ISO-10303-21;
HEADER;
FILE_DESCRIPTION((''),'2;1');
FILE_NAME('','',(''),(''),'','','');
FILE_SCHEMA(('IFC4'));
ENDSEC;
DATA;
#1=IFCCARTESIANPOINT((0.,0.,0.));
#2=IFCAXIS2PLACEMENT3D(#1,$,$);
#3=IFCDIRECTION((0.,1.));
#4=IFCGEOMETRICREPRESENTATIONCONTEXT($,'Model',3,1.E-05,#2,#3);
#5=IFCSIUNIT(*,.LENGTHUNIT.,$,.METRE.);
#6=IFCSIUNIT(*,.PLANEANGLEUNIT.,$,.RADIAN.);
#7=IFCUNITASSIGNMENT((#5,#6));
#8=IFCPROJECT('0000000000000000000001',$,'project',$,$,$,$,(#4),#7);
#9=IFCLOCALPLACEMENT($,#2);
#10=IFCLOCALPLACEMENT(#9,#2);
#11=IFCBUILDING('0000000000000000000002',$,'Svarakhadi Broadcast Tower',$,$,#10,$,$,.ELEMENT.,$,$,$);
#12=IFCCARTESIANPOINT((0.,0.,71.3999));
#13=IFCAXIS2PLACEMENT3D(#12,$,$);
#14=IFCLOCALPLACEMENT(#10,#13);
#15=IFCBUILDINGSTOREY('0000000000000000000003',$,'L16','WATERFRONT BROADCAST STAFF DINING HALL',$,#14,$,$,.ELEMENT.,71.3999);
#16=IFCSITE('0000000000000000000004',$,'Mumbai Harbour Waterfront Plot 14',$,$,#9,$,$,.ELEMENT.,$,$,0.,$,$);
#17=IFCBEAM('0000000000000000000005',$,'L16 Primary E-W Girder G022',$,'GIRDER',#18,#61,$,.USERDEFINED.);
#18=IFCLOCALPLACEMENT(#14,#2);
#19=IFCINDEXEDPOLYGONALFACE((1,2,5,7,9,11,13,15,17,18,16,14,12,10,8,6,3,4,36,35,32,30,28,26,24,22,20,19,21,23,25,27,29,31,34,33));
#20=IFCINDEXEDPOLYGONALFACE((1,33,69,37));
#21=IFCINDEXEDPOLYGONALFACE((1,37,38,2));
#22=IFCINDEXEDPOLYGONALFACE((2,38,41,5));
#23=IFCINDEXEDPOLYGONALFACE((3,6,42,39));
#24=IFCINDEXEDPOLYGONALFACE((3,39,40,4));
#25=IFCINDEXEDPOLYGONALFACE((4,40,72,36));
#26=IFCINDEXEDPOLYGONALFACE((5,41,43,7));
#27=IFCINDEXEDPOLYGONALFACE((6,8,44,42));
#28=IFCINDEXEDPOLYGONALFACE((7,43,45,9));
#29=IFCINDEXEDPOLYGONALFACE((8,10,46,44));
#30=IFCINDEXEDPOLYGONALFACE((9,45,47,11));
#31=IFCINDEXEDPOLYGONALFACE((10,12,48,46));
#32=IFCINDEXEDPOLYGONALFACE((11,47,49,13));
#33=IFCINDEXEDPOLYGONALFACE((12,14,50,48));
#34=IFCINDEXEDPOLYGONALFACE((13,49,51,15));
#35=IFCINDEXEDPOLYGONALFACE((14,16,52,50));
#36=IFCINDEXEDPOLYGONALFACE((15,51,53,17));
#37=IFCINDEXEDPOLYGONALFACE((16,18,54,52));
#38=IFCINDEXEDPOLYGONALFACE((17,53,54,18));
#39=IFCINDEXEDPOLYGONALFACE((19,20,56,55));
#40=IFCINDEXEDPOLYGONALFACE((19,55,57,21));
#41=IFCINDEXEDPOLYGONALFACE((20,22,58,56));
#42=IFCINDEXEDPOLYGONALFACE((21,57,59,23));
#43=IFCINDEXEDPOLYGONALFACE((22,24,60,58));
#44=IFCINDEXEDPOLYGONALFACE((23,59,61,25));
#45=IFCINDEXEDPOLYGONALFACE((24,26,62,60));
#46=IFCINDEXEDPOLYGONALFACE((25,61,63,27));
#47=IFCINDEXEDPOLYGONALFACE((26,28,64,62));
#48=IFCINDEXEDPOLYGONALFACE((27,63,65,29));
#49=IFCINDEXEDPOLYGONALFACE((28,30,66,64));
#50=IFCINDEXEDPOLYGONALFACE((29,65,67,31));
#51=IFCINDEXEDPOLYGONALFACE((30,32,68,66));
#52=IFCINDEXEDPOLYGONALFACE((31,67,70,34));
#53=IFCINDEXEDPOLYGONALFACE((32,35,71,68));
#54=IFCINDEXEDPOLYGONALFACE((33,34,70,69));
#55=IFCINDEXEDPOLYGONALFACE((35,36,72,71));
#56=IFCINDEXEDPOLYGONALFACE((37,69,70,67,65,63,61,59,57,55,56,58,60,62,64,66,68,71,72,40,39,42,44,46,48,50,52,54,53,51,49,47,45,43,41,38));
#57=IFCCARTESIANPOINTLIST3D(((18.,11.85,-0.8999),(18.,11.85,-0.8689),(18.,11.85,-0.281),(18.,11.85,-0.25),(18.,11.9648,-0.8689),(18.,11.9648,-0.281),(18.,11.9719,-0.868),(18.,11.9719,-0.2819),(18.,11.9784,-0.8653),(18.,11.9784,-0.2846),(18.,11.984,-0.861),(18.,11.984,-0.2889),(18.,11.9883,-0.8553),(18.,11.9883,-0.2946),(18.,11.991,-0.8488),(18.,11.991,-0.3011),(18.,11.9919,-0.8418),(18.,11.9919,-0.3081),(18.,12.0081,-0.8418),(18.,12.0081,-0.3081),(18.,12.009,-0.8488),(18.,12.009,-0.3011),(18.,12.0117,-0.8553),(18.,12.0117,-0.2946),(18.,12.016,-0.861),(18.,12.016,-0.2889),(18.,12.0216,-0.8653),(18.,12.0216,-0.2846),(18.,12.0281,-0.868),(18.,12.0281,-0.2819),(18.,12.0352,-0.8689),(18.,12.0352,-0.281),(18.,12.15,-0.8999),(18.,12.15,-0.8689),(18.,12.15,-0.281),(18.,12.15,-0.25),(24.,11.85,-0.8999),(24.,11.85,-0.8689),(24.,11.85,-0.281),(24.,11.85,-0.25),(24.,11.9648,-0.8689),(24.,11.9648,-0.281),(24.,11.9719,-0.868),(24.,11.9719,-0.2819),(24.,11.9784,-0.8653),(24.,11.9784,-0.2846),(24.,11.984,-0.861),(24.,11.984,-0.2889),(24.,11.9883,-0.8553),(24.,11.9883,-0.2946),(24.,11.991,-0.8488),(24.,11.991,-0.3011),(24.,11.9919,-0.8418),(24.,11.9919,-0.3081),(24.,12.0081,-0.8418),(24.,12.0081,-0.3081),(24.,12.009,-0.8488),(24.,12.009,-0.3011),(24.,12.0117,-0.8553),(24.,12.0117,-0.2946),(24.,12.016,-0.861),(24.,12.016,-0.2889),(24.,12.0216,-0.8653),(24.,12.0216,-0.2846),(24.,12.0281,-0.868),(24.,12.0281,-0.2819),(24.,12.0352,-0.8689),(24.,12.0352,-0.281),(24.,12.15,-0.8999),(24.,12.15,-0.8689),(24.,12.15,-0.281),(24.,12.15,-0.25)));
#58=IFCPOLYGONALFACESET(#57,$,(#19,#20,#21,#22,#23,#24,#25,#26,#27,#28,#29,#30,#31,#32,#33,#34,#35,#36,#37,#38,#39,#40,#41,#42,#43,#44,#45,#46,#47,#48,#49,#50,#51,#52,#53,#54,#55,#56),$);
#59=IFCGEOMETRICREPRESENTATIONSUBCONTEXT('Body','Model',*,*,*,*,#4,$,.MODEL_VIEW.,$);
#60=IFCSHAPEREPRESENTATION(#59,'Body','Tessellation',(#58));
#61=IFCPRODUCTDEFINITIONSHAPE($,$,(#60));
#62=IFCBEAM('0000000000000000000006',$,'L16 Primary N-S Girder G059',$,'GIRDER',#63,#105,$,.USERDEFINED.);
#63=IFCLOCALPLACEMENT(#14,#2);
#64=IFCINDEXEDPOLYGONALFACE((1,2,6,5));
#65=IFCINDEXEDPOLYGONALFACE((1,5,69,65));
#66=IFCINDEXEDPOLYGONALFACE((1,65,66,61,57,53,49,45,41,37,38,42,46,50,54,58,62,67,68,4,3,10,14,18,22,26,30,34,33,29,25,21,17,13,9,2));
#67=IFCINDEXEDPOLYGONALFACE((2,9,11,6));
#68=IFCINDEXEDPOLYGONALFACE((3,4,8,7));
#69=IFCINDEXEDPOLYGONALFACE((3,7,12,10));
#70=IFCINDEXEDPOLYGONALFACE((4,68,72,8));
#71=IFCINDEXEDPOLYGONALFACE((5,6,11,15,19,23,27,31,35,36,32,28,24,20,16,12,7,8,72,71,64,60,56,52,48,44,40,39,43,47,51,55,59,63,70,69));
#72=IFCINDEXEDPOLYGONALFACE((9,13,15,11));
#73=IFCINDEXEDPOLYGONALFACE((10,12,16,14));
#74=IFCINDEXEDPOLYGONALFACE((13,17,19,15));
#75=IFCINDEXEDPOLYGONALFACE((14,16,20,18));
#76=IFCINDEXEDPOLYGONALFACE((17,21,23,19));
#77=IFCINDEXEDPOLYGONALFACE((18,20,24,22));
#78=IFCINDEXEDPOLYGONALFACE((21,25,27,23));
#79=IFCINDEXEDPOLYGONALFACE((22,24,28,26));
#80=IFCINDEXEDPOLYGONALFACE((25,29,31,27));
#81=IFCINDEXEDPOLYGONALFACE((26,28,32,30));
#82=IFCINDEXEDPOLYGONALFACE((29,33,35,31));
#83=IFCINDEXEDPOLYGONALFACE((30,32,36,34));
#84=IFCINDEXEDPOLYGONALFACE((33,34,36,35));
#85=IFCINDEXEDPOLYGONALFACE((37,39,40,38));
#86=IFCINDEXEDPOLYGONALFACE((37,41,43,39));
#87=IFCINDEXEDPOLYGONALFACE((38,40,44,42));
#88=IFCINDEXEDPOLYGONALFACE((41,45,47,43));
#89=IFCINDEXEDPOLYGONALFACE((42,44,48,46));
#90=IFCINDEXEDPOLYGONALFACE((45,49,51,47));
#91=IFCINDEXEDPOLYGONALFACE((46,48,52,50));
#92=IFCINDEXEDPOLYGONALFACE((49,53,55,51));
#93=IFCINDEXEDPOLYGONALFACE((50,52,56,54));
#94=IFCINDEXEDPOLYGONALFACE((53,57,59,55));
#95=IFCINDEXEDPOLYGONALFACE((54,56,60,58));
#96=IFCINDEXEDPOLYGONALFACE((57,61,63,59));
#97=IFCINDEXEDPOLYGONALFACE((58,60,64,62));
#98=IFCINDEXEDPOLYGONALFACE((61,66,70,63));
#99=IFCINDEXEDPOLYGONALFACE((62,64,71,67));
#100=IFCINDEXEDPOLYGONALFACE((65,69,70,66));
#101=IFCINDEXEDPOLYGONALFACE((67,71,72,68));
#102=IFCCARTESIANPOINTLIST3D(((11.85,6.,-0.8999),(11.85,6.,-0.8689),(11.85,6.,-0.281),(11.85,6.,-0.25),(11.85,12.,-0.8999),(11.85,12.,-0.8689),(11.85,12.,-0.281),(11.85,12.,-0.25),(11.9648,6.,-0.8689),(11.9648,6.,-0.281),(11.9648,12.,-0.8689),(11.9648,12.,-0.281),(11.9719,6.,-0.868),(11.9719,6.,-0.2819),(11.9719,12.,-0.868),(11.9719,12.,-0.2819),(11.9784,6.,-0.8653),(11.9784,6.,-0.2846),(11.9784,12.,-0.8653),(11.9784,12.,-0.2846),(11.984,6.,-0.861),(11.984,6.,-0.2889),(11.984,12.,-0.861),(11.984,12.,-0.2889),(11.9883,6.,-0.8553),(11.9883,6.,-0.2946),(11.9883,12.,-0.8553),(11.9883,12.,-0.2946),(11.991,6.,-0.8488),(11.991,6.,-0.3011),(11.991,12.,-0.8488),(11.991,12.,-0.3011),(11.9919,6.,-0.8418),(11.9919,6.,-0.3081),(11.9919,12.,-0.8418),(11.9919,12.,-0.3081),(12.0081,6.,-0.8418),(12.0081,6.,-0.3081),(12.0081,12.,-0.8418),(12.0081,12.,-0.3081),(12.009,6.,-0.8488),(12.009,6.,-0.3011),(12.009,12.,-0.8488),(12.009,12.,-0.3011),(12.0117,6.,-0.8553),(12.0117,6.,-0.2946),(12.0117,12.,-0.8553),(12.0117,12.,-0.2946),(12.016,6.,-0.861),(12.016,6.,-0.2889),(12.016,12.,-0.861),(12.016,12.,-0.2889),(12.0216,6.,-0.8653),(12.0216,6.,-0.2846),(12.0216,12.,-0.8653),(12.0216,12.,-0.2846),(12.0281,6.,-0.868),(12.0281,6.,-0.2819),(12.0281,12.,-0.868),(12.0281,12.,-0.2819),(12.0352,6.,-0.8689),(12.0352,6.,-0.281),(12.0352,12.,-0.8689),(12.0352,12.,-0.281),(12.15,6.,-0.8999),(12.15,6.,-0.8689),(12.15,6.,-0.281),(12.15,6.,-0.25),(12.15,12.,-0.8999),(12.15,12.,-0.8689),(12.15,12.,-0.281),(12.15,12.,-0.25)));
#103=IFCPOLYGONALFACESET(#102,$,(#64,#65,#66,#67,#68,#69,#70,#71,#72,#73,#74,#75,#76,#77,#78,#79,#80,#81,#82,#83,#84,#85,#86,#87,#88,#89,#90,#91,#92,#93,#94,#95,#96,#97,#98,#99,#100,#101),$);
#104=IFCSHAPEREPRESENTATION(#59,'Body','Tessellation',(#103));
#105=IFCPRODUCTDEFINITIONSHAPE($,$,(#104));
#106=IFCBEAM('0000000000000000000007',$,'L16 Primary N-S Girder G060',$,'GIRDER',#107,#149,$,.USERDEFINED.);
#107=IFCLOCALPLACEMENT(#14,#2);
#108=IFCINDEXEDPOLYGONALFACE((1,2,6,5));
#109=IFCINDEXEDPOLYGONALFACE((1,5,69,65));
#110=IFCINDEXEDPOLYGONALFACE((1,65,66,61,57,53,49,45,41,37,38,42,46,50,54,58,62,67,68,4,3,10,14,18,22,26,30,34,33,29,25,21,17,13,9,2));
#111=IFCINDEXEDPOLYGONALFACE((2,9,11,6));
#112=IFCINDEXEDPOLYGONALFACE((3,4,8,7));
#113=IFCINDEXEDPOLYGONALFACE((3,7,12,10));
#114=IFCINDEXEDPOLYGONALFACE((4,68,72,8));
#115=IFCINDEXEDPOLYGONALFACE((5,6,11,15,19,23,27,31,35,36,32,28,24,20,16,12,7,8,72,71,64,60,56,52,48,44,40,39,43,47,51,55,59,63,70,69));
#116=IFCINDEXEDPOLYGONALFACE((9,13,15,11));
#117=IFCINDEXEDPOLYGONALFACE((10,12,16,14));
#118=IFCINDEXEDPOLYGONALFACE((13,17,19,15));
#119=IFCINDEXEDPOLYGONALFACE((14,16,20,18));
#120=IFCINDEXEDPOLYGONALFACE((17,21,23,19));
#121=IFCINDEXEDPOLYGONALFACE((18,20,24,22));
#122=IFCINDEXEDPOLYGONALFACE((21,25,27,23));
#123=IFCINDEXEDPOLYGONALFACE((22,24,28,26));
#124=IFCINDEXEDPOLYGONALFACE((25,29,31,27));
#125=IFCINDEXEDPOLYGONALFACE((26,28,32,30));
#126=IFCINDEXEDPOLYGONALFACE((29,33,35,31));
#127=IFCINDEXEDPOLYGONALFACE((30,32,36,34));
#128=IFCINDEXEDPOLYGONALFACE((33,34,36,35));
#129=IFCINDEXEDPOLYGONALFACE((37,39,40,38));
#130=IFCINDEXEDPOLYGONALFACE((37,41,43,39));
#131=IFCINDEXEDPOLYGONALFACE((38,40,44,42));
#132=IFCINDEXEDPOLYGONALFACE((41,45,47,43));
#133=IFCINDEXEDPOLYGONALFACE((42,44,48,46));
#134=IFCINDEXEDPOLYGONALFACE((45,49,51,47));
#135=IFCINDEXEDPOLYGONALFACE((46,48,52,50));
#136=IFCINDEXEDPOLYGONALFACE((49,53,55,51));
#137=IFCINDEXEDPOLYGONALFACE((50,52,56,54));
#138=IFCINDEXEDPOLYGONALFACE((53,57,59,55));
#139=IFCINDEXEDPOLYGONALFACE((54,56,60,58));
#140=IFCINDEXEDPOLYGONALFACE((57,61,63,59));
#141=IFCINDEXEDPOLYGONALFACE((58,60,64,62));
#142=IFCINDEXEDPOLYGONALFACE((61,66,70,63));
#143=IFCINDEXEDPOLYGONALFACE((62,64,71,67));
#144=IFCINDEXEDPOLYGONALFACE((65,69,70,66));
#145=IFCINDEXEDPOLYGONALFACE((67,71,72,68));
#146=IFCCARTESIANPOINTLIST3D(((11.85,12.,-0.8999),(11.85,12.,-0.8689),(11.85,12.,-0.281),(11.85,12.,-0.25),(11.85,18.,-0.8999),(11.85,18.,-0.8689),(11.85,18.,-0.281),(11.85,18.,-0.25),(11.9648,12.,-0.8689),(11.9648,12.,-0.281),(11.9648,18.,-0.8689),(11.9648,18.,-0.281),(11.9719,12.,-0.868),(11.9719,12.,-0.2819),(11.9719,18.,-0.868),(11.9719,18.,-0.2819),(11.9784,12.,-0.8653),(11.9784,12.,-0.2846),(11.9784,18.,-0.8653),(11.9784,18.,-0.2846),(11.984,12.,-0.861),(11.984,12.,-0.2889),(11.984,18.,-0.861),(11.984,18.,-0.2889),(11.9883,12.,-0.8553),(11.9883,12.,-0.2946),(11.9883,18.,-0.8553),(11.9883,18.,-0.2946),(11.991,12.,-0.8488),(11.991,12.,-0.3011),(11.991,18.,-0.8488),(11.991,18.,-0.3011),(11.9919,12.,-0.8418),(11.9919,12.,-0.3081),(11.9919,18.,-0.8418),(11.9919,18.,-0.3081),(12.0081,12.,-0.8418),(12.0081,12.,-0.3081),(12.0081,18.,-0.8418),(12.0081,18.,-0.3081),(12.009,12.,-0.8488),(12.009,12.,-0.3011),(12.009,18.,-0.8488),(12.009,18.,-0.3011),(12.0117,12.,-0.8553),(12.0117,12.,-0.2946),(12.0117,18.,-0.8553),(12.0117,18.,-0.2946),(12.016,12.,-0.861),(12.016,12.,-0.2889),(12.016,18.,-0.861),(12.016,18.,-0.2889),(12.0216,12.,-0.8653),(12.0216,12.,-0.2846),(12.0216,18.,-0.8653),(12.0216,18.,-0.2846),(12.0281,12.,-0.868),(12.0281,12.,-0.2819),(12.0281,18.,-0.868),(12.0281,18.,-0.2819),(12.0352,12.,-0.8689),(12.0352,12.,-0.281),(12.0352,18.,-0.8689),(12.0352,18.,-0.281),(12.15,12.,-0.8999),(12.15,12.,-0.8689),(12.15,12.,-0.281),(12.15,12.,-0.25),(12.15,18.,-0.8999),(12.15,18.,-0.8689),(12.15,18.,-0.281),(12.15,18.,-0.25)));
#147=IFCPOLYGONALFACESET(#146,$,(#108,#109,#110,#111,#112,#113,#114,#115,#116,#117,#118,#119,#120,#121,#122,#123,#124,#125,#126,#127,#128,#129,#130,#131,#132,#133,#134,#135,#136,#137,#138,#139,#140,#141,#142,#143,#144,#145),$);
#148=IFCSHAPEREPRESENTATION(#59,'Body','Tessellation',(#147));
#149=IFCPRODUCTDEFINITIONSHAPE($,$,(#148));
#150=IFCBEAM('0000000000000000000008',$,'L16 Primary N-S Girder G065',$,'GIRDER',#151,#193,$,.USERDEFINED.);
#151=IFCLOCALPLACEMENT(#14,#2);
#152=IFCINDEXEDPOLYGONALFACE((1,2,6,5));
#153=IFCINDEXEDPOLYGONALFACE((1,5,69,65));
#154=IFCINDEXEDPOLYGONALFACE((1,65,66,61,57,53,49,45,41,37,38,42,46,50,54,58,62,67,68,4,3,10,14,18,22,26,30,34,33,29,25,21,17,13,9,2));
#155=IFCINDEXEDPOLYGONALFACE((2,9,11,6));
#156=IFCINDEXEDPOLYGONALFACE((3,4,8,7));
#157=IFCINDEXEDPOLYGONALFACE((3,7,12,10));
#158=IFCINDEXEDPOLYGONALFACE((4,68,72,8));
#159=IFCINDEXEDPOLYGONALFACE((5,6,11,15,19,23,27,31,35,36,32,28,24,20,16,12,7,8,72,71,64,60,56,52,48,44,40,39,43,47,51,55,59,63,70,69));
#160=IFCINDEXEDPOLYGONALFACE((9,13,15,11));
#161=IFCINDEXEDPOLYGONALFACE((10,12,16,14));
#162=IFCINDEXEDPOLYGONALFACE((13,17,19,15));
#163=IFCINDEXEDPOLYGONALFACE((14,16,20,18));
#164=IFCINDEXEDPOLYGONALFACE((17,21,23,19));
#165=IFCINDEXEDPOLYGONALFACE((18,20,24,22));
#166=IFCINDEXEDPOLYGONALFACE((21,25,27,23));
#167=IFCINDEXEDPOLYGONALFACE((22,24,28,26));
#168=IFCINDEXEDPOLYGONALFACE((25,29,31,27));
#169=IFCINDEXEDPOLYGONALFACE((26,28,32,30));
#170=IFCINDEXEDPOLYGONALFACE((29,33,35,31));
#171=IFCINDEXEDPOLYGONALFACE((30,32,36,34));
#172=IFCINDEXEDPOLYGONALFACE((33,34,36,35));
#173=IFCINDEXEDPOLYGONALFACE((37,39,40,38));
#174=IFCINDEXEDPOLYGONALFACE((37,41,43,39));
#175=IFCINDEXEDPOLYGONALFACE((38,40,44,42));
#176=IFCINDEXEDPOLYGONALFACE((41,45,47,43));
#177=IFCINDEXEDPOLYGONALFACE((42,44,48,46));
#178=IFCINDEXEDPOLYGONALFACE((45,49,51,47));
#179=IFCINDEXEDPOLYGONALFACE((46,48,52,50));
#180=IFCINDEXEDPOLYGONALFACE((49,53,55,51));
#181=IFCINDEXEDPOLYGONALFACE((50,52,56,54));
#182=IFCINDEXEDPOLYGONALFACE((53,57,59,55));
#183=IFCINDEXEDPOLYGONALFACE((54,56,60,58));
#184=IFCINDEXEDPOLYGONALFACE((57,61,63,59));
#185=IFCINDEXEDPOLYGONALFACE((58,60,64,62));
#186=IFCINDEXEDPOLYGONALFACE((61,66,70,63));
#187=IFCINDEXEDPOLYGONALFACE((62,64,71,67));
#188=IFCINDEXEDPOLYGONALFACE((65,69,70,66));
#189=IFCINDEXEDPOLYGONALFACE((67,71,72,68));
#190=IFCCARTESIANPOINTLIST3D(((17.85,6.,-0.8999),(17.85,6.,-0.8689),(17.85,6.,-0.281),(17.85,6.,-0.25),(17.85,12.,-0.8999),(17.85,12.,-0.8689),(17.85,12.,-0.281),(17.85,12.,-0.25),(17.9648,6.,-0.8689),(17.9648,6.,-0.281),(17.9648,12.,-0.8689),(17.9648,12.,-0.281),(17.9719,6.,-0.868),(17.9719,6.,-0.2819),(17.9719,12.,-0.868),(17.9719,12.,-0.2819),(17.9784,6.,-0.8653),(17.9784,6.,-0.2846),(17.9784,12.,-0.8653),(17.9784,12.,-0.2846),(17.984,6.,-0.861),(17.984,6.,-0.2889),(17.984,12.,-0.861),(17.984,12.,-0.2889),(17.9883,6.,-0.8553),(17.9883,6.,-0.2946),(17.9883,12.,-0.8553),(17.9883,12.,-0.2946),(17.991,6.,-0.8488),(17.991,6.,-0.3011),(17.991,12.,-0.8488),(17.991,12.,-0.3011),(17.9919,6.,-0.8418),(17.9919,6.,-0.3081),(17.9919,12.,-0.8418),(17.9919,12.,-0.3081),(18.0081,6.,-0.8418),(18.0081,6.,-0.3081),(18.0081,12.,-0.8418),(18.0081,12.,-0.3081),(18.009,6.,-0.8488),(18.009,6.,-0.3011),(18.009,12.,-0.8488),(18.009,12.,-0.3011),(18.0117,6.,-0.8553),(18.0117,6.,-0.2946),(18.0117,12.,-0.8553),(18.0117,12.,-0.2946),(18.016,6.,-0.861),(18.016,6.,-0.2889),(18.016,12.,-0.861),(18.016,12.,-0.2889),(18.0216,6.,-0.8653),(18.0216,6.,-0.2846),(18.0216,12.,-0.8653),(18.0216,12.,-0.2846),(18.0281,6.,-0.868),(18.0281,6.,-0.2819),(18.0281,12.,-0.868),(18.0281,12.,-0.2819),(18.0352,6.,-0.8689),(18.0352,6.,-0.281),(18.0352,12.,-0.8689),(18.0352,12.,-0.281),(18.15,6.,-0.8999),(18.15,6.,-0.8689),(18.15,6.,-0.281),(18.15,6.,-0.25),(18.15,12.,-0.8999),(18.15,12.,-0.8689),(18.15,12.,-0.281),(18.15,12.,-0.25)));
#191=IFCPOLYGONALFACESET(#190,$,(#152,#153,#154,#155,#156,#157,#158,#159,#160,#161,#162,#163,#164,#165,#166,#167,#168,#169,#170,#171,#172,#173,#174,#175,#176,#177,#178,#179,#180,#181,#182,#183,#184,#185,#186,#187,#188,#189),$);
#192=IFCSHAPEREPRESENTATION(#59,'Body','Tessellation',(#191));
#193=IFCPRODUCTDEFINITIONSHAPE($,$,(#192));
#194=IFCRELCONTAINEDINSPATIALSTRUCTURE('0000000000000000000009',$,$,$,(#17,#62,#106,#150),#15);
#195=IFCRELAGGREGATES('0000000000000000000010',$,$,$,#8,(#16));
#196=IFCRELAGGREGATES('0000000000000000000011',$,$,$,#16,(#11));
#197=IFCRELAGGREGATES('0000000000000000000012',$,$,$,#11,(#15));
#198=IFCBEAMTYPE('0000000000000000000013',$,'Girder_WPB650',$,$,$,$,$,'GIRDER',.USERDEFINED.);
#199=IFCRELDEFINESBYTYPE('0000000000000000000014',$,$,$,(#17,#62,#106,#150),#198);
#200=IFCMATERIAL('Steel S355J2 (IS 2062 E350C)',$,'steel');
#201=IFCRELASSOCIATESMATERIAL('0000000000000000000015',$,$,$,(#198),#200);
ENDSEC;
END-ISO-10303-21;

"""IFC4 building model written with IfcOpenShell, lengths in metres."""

from ifc_helpers import new_model, si_unit, direction, frame, origin, origin_2d, place, context, subcontext, project, spatial, i_section, extrude, material, material_profile, profile_set, type_object, element, save


model = new_model("IFC4")

# Units and contexts
model_context = context("Model", 3, precision=1e-05, world=origin(), true_north=direction((0.0, 1.0)))
body_context = subcontext(model_context, "Body", "Model", "MODEL_VIEW")
ifc_project = project(units=[si_unit("LENGTHUNIT", "METRE"), si_unit("PLANEANGLEUNIT", "RADIAN")], contexts=[model_context])

# Site, building, storey
site_placement = place(None, origin())
site = spatial("IfcSite", under=ifc_project, at=site_placement, Name="Mumbai Harbour Waterfront Plot 14", CompositionType="ELEMENT", RefElevation=0.0)
building_placement = place(site_placement, origin())
building = spatial("IfcBuilding", under=site, at=building_placement, Name="Svarakhadi Broadcast Tower", CompositionType="ELEMENT")
storey_placement = place(building_placement, frame((0.0, 0.0, 71.3999)))
storey = spatial("IfcBuildingStorey", under=building, at=storey_placement, Name="L16", Description="WATERFRONT BROADCAST STAFF DINING HALL", CompositionType="ELEMENT", Elevation=71.3999)

# Beams
ifc_material_1 = material(Name="Steel S355J2 (IS 2062 E350C)", Category="steel")
ifc_material_profile_1 = material_profile(ifc_material_1, i_section(OverallWidth=0.3, OverallDepth=0.6499, WebThickness=0.0161, FlangeThickness=0.031, FilletRadius=0.0271, at=origin_2d()), Name="WPB 650x300x225")
ifc_profile_set_1 = profile_set([ifc_material_profile_1], Name="Steel S355J2 (IS 2062 E350C)")
beam_type_1 = type_object("IfcBeamType", Name="Girder_WPB650", ElementType="GIRDER", PredefinedType="USERDEFINED", material=ifc_profile_set_1)
for number, where, z_axis, x_axis, name in (
    (1, (18.0, 12.0, -0.575), (1.0, 0.0, 0.0), (0.0, 1.0, 0.0), "L16 Primary E-W Girder G022"),
    (2, (12.0, 6.0, -0.575), (0.0, 1.0, 0.0), (-1.0, 0.0, 0.0), "L16 Primary N-S Girder G059"),
    (3, (12.0, 12.0, -0.575), (0.0, 1.0, 0.0), (-1.0, 0.0, 0.0), "L16 Primary N-S Girder G060"),
    (4, (18.0, 6.0, -0.575), (0.0, 1.0, 0.0), (-1.0, 0.0, 0.0), "L16 Primary N-S Girder G065"),
):
    element("IfcBeam", number, at=place(storey_placement, frame(where, z_axis=z_axis, x_axis=x_axis)), inside=storey, type_object=beam_type_1, Name=name, ObjectType="GIRDER", PredefinedType="USERDEFINED", context=body_context, shape_type="SweptSolid", body=[
        extrude(i_section(OverallWidth=0.3, OverallDepth=0.6499, WebThickness=0.0161, FlangeThickness=0.031, FilletRadius=0.0271, at=origin_2d()), origin(), (0.0, 0.0, 1.0), 6.0),
    ])

save(model, "model.ifc")
